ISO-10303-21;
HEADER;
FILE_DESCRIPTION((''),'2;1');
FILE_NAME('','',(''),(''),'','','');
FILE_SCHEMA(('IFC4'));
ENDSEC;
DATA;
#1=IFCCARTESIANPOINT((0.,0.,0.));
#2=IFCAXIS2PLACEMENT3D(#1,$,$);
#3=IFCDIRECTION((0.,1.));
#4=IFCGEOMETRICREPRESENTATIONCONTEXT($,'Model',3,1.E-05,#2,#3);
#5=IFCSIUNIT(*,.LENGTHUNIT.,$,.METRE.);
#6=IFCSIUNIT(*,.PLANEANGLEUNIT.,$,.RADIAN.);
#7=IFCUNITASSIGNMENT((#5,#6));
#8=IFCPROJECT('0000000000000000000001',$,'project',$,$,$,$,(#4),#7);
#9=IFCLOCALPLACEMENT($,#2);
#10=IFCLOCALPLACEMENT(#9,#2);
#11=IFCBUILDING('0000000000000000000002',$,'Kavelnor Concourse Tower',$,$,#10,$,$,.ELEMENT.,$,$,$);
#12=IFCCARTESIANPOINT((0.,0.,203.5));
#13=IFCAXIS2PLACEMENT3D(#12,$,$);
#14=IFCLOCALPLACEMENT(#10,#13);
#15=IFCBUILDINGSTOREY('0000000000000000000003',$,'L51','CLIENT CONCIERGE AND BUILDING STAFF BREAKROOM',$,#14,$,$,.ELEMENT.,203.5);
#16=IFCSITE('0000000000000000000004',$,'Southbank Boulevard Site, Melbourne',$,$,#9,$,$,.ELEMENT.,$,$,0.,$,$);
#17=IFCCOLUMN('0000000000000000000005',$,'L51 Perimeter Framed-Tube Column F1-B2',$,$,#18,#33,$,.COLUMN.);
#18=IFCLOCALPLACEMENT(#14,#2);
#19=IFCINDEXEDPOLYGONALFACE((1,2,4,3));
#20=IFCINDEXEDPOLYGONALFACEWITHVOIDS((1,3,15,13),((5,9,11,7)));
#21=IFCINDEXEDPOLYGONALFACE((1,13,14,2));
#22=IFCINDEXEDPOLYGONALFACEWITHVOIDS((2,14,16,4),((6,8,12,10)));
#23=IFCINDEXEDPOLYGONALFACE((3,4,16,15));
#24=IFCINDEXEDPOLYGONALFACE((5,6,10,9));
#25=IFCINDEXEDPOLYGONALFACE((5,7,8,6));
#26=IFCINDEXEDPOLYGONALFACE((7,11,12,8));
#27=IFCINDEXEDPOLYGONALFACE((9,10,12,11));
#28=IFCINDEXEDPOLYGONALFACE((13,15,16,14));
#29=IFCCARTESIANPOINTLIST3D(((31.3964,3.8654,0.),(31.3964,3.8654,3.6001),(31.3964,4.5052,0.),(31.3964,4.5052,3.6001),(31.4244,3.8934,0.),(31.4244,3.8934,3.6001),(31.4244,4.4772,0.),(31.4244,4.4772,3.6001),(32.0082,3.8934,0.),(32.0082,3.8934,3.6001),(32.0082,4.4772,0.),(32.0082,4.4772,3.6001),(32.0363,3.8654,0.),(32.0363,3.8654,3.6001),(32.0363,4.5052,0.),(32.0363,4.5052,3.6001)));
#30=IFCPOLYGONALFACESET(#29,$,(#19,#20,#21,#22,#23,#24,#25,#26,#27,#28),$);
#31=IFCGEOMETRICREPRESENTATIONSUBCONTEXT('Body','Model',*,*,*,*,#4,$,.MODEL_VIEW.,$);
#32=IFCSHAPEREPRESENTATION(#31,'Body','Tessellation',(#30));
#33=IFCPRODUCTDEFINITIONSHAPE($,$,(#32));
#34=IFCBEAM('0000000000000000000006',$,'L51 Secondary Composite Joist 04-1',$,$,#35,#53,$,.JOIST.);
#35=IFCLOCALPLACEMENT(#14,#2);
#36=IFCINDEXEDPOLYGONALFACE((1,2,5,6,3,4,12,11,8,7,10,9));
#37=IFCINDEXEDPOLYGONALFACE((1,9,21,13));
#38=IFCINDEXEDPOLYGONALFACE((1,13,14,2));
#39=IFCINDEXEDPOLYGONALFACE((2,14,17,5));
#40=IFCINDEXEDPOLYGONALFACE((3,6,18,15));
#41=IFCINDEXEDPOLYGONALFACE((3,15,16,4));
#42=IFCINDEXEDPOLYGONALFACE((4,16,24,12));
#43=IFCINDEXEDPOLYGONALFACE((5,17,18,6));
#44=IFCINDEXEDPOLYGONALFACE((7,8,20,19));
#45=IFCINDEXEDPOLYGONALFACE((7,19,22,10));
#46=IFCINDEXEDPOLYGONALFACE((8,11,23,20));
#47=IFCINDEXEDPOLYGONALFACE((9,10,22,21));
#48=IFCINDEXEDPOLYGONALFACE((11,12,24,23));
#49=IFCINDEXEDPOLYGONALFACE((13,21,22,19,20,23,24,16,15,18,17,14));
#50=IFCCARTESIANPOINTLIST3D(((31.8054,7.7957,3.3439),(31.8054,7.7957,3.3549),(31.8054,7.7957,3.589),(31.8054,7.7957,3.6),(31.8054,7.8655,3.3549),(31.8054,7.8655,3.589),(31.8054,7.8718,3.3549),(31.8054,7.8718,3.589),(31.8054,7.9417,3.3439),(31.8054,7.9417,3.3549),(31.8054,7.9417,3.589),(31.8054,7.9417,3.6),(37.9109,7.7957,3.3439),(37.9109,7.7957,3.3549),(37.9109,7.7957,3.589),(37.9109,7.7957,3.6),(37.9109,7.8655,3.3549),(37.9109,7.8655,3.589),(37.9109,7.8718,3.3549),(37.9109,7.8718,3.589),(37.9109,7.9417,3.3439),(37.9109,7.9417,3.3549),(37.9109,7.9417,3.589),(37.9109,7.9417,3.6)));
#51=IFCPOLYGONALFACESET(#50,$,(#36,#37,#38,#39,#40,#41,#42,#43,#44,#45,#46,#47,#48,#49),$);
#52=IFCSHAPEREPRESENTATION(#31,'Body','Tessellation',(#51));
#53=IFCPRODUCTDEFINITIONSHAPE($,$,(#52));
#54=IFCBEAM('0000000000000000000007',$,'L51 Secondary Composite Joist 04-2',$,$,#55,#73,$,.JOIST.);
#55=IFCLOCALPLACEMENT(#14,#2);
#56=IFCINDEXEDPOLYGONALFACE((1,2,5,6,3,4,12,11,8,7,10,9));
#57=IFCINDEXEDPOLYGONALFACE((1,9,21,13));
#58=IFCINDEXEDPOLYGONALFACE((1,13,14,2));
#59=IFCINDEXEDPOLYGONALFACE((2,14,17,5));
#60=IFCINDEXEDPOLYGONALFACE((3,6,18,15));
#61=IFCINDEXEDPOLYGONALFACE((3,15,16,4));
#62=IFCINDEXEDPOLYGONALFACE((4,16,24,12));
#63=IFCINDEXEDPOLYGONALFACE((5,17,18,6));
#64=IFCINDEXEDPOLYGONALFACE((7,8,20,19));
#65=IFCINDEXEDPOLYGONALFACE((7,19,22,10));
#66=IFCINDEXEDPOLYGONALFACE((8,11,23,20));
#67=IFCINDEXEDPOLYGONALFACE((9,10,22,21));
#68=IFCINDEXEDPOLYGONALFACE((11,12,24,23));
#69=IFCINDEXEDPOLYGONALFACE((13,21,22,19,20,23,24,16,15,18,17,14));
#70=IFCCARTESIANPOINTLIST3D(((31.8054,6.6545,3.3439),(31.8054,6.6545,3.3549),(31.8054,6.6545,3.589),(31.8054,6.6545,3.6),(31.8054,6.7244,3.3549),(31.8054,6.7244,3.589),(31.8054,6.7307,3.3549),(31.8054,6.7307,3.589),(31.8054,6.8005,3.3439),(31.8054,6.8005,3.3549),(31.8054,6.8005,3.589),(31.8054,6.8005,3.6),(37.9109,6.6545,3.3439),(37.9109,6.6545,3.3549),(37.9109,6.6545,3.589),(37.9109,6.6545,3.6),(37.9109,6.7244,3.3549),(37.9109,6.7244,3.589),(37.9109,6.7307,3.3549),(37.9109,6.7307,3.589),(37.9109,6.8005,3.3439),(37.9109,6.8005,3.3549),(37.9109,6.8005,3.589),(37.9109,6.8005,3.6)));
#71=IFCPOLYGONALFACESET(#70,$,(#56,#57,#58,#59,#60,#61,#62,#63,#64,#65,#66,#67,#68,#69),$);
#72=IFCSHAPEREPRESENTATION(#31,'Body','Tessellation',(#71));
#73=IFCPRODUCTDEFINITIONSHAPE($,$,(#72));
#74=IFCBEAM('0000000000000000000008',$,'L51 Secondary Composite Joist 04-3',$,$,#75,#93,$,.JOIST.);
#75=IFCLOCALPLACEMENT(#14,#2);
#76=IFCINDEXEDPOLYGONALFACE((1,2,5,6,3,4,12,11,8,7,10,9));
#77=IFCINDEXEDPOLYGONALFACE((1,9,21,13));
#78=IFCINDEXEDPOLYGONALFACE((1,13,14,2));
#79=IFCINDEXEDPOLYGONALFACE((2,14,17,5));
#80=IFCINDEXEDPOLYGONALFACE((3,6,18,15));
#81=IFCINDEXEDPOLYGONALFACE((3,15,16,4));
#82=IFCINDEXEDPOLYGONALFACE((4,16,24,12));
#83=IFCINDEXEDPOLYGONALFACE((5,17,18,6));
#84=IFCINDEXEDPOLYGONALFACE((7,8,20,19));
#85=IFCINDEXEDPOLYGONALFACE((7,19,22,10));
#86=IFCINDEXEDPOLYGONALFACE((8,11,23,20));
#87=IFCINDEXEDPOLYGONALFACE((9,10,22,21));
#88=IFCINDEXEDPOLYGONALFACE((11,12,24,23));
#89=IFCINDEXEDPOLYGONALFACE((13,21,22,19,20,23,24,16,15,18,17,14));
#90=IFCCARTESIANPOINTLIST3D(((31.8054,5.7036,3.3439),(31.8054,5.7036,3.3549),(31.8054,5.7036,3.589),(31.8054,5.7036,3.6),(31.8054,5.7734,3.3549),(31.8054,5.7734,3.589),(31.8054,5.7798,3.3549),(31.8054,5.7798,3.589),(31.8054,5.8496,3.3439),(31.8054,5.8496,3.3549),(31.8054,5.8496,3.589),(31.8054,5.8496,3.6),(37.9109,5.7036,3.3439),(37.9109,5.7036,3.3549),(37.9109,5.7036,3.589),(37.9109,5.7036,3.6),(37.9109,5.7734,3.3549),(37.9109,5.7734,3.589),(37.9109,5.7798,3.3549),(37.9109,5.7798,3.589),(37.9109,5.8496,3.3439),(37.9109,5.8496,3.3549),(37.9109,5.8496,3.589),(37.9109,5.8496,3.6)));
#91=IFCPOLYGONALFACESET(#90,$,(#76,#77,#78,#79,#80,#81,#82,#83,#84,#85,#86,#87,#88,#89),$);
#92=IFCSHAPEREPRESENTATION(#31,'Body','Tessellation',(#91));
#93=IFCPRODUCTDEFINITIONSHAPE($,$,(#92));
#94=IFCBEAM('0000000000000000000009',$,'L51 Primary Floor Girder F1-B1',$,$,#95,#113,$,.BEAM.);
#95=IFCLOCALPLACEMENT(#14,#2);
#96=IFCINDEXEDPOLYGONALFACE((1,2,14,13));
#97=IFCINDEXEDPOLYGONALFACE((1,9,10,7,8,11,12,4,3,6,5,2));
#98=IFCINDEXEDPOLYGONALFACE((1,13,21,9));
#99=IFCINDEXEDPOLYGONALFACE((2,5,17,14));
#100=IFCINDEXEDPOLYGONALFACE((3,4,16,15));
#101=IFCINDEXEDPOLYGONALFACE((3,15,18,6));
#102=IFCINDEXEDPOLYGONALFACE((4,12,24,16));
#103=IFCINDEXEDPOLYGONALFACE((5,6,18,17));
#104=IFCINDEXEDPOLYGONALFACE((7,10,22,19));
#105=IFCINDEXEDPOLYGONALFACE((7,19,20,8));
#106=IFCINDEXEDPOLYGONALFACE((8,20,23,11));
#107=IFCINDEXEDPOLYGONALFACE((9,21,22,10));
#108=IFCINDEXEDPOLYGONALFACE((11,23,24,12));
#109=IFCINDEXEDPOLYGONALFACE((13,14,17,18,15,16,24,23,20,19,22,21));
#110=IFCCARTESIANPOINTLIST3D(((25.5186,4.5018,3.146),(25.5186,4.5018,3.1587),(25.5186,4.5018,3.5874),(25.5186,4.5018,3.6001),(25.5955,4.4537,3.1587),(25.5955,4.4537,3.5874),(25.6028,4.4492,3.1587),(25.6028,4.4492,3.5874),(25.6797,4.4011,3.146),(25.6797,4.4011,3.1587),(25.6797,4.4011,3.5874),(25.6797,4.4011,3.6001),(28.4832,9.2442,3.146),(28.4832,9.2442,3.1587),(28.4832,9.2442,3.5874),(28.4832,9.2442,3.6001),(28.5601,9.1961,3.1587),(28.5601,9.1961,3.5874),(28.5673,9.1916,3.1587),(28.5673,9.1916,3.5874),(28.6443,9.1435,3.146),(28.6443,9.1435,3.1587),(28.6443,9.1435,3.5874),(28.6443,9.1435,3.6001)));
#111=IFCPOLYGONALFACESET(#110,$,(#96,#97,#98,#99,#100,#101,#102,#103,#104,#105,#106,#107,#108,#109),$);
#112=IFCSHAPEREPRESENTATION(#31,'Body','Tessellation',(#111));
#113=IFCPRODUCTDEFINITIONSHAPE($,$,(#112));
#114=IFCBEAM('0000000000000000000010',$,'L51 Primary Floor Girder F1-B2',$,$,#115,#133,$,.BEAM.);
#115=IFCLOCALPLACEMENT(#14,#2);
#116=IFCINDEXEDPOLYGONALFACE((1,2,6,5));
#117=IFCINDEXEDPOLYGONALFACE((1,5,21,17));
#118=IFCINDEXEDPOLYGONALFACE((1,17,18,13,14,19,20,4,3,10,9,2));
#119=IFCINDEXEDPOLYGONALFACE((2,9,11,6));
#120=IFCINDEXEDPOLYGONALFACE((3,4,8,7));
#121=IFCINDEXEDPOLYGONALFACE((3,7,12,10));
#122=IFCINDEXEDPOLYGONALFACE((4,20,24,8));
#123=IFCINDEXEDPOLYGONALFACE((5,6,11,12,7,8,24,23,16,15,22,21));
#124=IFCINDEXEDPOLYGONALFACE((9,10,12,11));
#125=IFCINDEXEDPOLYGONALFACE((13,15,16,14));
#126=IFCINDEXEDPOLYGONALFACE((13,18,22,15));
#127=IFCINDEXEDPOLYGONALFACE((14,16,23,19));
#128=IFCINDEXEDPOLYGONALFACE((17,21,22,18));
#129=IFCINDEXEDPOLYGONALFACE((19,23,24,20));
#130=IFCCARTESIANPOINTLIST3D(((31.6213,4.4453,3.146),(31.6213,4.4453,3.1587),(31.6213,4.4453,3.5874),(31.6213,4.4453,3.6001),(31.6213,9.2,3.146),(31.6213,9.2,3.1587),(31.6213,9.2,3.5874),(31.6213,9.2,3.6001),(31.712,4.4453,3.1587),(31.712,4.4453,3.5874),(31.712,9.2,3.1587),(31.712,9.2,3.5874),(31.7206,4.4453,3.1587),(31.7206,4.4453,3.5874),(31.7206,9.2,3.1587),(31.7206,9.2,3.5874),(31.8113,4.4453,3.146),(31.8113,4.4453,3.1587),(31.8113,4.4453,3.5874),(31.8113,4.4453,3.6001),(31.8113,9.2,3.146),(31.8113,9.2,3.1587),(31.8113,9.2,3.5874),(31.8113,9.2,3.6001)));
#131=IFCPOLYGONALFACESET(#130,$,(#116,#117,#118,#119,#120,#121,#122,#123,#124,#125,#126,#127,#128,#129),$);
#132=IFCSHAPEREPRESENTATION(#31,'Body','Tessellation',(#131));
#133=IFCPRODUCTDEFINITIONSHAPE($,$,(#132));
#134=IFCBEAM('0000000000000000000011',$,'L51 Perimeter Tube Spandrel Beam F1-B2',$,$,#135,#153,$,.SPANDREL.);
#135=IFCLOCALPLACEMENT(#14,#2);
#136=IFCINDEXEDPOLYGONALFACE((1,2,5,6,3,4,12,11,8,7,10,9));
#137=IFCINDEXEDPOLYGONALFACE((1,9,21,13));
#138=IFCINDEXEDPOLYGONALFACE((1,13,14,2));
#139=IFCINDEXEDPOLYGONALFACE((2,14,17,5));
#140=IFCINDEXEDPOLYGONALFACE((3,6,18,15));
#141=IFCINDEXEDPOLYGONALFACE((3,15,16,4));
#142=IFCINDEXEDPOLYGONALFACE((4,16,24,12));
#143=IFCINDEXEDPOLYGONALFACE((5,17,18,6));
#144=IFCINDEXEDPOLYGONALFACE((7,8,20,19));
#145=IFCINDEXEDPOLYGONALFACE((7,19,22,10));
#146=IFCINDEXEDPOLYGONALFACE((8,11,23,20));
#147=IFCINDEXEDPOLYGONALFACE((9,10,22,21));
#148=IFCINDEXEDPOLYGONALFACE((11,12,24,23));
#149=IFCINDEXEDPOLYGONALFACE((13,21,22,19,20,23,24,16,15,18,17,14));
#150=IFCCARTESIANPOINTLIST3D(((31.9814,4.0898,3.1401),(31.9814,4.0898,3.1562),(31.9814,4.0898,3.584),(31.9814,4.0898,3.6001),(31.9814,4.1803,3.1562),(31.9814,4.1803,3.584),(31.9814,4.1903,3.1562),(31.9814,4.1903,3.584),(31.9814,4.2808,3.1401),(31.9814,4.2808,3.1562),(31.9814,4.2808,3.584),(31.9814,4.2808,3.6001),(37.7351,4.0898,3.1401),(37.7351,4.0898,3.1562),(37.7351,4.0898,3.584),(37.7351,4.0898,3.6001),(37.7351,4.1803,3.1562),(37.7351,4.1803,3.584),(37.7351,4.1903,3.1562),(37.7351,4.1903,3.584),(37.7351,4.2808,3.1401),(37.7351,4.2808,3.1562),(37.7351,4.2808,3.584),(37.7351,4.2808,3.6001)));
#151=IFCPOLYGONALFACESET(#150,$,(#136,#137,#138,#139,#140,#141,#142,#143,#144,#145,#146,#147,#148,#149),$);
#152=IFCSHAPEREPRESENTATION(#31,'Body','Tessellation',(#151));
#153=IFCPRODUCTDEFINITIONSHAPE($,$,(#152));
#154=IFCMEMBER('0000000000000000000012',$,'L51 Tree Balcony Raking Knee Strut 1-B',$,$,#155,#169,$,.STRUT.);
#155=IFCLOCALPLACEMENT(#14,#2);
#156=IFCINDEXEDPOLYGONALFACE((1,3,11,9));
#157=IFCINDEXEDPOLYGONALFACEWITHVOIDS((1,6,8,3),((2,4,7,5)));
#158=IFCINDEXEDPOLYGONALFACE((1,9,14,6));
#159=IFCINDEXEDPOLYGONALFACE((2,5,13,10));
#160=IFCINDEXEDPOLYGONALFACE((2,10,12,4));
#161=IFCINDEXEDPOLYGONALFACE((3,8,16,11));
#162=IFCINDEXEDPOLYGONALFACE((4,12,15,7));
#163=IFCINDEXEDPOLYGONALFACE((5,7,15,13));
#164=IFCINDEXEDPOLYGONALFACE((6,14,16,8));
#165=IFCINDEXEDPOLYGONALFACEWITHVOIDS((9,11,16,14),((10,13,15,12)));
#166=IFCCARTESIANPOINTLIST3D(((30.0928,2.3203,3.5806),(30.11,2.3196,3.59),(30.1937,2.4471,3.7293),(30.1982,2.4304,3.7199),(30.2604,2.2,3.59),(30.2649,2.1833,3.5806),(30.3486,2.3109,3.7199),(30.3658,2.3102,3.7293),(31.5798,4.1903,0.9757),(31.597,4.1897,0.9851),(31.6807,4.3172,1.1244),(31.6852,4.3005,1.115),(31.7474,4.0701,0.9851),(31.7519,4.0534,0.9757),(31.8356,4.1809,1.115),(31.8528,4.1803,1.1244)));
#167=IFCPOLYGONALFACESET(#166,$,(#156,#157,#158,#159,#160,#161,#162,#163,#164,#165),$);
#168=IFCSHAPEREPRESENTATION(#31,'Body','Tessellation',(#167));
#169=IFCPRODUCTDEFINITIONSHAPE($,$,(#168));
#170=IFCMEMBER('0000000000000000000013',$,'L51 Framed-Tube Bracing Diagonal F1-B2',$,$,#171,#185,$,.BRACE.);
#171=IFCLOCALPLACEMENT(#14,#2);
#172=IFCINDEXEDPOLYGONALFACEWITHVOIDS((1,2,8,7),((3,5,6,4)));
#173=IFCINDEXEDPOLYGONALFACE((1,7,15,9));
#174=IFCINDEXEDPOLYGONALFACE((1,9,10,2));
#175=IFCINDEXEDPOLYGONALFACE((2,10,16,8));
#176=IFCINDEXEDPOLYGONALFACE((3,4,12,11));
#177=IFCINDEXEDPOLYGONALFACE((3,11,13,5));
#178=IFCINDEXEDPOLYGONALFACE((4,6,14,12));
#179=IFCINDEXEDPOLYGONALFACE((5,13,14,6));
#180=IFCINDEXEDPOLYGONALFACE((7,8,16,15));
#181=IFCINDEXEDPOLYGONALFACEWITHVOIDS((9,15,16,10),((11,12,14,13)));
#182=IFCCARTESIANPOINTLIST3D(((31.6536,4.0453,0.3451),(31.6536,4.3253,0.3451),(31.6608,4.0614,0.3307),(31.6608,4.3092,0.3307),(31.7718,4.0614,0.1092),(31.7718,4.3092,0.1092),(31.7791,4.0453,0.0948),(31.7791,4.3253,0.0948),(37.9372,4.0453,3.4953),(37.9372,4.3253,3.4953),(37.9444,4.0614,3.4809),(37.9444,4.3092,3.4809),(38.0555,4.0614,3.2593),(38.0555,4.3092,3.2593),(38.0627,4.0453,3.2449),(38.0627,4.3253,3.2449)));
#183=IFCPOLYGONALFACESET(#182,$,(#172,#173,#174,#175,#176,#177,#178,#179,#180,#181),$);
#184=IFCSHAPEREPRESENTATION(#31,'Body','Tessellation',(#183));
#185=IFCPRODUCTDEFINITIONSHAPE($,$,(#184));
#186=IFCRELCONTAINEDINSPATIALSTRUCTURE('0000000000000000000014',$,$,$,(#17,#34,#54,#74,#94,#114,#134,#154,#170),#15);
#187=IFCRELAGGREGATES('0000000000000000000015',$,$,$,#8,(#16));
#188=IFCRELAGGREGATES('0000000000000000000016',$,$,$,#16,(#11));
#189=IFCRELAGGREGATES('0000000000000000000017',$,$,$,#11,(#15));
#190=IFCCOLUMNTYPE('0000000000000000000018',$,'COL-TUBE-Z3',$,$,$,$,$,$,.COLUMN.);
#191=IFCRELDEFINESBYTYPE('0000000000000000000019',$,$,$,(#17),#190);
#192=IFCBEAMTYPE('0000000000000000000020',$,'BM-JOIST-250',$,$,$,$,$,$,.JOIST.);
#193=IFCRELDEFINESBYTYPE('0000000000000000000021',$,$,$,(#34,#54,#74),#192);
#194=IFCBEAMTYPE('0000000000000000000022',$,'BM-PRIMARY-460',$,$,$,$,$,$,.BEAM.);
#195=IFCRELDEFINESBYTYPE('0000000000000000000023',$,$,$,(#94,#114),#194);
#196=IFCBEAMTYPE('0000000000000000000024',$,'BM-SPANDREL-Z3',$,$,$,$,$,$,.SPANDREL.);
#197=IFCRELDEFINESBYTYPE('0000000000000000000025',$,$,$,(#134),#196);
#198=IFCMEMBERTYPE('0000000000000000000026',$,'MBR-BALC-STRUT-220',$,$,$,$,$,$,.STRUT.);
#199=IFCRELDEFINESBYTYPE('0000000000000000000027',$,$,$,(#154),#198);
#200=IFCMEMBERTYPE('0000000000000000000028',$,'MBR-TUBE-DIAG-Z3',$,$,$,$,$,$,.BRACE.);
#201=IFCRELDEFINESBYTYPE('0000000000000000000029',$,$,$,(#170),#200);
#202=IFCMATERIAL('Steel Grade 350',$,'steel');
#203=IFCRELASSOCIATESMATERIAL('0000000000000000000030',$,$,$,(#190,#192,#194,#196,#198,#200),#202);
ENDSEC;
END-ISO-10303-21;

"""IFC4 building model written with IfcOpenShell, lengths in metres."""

from ifc_helpers import new_model, si_unit, direction, frame, origin, origin_2d, place, context, subcontext, project, spatial, hollow_rectangle, i_section, extrude, material, material_profile, profile_set, type_object, element, save


model = new_model("IFC4")

# Units and contexts
model_context = context("Model", 3, precision=1e-05, world=origin(), true_north=direction((0.0, 1.0)))
body_context = subcontext(model_context, "Body", "Model", "MODEL_VIEW")
ifc_project = project(units=[si_unit("LENGTHUNIT", "METRE"), si_unit("PLANEANGLEUNIT", "RADIAN")], contexts=[model_context])

# Site, building, storey
site_placement = place(None, origin())
site = spatial("IfcSite", under=ifc_project, at=site_placement, Name="Southbank Boulevard Site, Melbourne", CompositionType="ELEMENT", RefElevation=0.0)
building_placement = place(site_placement, origin())
building = spatial("IfcBuilding", under=site, at=building_placement, Name="Kavelnor Concourse Tower", CompositionType="ELEMENT")
storey_placement = place(building_placement, frame((0.0, 0.0, 203.5)))
storey = spatial("IfcBuildingStorey", under=building, at=storey_placement, Name="L51", Description="CLIENT CONCIERGE AND BUILDING STAFF BREAKROOM", CompositionType="ELEMENT", Elevation=203.5)

# Column
ifc_material_1 = material(Name="Steel Grade 350", Category="steel")
ifc_material_profile_1 = material_profile(ifc_material_1, hollow_rectangle(XDim=0.6399, YDim=0.6399, WallThickness=0.0281, at=origin_2d()), Name="SHS 640x640x28")
ifc_profile_set_1 = profile_set([ifc_material_profile_1], Name="Steel Grade 350")
column_type = type_object("IfcColumnType", Name="COL-TUBE-Z3", PredefinedType="COLUMN", material=ifc_profile_set_1)
column_placement = place(storey_placement, frame((31.7163, 4.1853, 0.0), z_axis=(0.0, 0.0, 1.0), x_axis=(1.0, 0.0, 0.0)))
element("IfcColumn", 1, at=column_placement, inside=storey, type_object=column_type, Name="L51 Perimeter Framed-Tube Column F1-B2", PredefinedType="COLUMN", context=body_context, shape_type="SweptSolid", body=[
    extrude(hollow_rectangle(XDim=0.6399, YDim=0.6399, WallThickness=0.0281, at=origin_2d()), origin(), (0.0, 0.0, 1.0), 3.6001),
])

# Beams
ifc_material_profile_2 = material_profile(ifc_material_1, i_section(OverallWidth=0.146, OverallDepth=0.2561, WebThickness=0.0063, FlangeThickness=0.011, at=origin_2d()), Name="250UB37")
ifc_profile_set_2 = profile_set([ifc_material_profile_2], Name="Steel Grade 350")
beam_type_1 = type_object("IfcBeamType", Name="BM-JOIST-250", PredefinedType="JOIST", material=ifc_profile_set_2)
for number, where, z_axis, x_axis, name in (
    (2, (31.8054, 7.8687, 3.4719), (1.0, 0.0, 0.0), (0.0, 1.0, 0.0), "L51 Secondary Composite Joist 04-1"),
    (3, (31.8054, 6.7275, 3.4719), (1.0, 0.0, 0.0), (0.0, 1.0, 0.0), "L51 Secondary Composite Joist 04-2"),
    (4, (31.8054, 5.7766, 3.4719), (1.0, 0.0, 0.0), (0.0, 1.0, 0.0), "L51 Secondary Composite Joist 04-3"),
):
    element("IfcBeam", number, at=place(storey_placement, frame(where, z_axis=z_axis, x_axis=x_axis)), inside=storey, type_object=beam_type_1, Name=name, PredefinedType="JOIST", context=body_context, shape_type="SweptSolid", body=[
        extrude(i_section(OverallWidth=0.146, OverallDepth=0.2561, WebThickness=0.0063, FlangeThickness=0.011, at=origin_2d()), origin(), (0.0, 0.0, 1.0), 6.1055),
    ])
ifc_material_profile_3 = material_profile(ifc_material_1, i_section(OverallWidth=0.1899, OverallDepth=0.4541, WebThickness=0.0085, FlangeThickness=0.0127, at=origin_2d()), Name="460UB67")
ifc_profile_set_3 = profile_set([ifc_material_profile_3], Name="Steel Grade 350")
beam_type_2 = type_object("IfcBeamType", Name="BM-PRIMARY-460", PredefinedType="BEAM", material=ifc_profile_set_3)
beam_1_placement = place(storey_placement, frame((28.5637, 9.1938, 3.373), z_axis=(-0.530073, -0.847952, 0.0), x_axis=(0.847952, -0.530073, 0.0)))
element("IfcBeam", 5, at=beam_1_placement, inside=storey, type_object=beam_type_2, Name="L51 Primary Floor Girder F1-B1", PredefinedType="BEAM", context=body_context, shape_type="SweptSolid", body=[
    extrude(i_section(OverallWidth=0.1899, OverallDepth=0.4541, WebThickness=0.0085, FlangeThickness=0.0127, at=origin_2d()), origin(), (0.0, 0.0, 1.0), 5.5928),
])
beam_2_placement = place(storey_placement, frame((31.7163, 9.2, 3.373), z_axis=(0.0, -1.0, 0.0), x_axis=(1.0, 0.0, 0.0)))
element("IfcBeam", 6, at=beam_2_placement, inside=storey, type_object=beam_type_2, Name="L51 Primary Floor Girder F1-B2", PredefinedType="BEAM", context=body_context, shape_type="SweptSolid", body=[
    extrude(i_section(OverallWidth=0.1899, OverallDepth=0.4541, WebThickness=0.0085, FlangeThickness=0.0127, at=origin_2d()), origin(), (0.0, 0.0, 1.0), 4.7546),
])
ifc_material_profile_4 = material_profile(ifc_material_1, i_section(OverallWidth=0.1909, OverallDepth=0.46, WebThickness=0.01, FlangeThickness=0.0161, at=origin_2d()), Name="460UB82")
ifc_profile_set_4 = profile_set([ifc_material_profile_4], Name="Steel Grade 350")
beam_type_3 = type_object("IfcBeamType", Name="BM-SPANDREL-Z3", PredefinedType="SPANDREL", material=ifc_profile_set_4)
beam_3_placement = place(storey_placement, frame((31.9814, 4.1853, 3.3701), z_axis=(1.0, 0.0, 0.0), x_axis=(0.0, 1.0, 0.0)))
element("IfcBeam", 7, at=beam_3_placement, inside=storey, type_object=beam_type_3, Name="L51 Perimeter Tube Spandrel Beam F1-B2", PredefinedType="SPANDREL", context=body_context, shape_type="SweptSolid", body=[
    extrude(i_section(OverallWidth=0.1909, OverallDepth=0.46, WebThickness=0.01, FlangeThickness=0.0161, at=origin_2d()), origin(), (0.0, 0.0, 1.0), 5.7537),
])

# Members
ifc_material_profile_5 = material_profile(ifc_material_1, hollow_rectangle(XDim=0.22, YDim=0.22, WallThickness=0.0139, at=origin_2d()), Name="SHS 220x220x14")
ifc_profile_set_5 = profile_set([ifc_material_profile_5], Name="Steel Grade 350")
member_type_1 = type_object("IfcMemberType", Name="MBR-BALC-STRUT-220", PredefinedType="STRUT", material=ifc_profile_set_5)
member_1_placement = place(storey_placement, frame((31.7163, 4.1853, 1.05), z_axis=(-0.420695, -0.529063, 0.736959), x_axis=(0.78271, -0.622387, 0.0)))
element("IfcMember", 8, at=member_1_placement, inside=storey, type_object=member_type_1, Name="L51 Tree Balcony Raking Knee Strut 1-B", PredefinedType="STRUT", context=body_context, shape_type="SweptSolid", body=[
    extrude(hollow_rectangle(XDim=0.22, YDim=0.22, WallThickness=0.0139, at=origin_2d()), origin(), (0.0, 0.0, 1.0), 3.5347),
])
ifc_material_profile_6 = material_profile(ifc_material_1, hollow_rectangle(XDim=0.28, YDim=0.28, WallThickness=0.0161, at=origin_2d()), Name="SHS 280x280x16")
ifc_profile_set_6 = profile_set([ifc_material_profile_6], Name="Steel Grade 350")
member_type_2 = type_object("IfcMemberType", Name="MBR-TUBE-DIAG-Z3", PredefinedType="BRACE", material=ifc_profile_set_6)
member_2_placement = place(storey_placement, frame((31.7163, 4.1853, 0.22), z_axis=(0.893954, 0.0, 0.448158), x_axis=(0.0, 1.0, 0.0)))
element("IfcMember", 9, at=member_2_placement, inside=storey, type_object=member_type_2, Name="L51 Framed-Tube Bracing Diagonal F1-B2", PredefinedType="BRACE", context=body_context, shape_type="SweptSolid", body=[
    extrude(hollow_rectangle(XDim=0.28, YDim=0.28, WallThickness=0.0161, at=origin_2d()), origin(), (0.0, 0.0, 1.0), 7.0291),
])

save(model, "model.ifc")
